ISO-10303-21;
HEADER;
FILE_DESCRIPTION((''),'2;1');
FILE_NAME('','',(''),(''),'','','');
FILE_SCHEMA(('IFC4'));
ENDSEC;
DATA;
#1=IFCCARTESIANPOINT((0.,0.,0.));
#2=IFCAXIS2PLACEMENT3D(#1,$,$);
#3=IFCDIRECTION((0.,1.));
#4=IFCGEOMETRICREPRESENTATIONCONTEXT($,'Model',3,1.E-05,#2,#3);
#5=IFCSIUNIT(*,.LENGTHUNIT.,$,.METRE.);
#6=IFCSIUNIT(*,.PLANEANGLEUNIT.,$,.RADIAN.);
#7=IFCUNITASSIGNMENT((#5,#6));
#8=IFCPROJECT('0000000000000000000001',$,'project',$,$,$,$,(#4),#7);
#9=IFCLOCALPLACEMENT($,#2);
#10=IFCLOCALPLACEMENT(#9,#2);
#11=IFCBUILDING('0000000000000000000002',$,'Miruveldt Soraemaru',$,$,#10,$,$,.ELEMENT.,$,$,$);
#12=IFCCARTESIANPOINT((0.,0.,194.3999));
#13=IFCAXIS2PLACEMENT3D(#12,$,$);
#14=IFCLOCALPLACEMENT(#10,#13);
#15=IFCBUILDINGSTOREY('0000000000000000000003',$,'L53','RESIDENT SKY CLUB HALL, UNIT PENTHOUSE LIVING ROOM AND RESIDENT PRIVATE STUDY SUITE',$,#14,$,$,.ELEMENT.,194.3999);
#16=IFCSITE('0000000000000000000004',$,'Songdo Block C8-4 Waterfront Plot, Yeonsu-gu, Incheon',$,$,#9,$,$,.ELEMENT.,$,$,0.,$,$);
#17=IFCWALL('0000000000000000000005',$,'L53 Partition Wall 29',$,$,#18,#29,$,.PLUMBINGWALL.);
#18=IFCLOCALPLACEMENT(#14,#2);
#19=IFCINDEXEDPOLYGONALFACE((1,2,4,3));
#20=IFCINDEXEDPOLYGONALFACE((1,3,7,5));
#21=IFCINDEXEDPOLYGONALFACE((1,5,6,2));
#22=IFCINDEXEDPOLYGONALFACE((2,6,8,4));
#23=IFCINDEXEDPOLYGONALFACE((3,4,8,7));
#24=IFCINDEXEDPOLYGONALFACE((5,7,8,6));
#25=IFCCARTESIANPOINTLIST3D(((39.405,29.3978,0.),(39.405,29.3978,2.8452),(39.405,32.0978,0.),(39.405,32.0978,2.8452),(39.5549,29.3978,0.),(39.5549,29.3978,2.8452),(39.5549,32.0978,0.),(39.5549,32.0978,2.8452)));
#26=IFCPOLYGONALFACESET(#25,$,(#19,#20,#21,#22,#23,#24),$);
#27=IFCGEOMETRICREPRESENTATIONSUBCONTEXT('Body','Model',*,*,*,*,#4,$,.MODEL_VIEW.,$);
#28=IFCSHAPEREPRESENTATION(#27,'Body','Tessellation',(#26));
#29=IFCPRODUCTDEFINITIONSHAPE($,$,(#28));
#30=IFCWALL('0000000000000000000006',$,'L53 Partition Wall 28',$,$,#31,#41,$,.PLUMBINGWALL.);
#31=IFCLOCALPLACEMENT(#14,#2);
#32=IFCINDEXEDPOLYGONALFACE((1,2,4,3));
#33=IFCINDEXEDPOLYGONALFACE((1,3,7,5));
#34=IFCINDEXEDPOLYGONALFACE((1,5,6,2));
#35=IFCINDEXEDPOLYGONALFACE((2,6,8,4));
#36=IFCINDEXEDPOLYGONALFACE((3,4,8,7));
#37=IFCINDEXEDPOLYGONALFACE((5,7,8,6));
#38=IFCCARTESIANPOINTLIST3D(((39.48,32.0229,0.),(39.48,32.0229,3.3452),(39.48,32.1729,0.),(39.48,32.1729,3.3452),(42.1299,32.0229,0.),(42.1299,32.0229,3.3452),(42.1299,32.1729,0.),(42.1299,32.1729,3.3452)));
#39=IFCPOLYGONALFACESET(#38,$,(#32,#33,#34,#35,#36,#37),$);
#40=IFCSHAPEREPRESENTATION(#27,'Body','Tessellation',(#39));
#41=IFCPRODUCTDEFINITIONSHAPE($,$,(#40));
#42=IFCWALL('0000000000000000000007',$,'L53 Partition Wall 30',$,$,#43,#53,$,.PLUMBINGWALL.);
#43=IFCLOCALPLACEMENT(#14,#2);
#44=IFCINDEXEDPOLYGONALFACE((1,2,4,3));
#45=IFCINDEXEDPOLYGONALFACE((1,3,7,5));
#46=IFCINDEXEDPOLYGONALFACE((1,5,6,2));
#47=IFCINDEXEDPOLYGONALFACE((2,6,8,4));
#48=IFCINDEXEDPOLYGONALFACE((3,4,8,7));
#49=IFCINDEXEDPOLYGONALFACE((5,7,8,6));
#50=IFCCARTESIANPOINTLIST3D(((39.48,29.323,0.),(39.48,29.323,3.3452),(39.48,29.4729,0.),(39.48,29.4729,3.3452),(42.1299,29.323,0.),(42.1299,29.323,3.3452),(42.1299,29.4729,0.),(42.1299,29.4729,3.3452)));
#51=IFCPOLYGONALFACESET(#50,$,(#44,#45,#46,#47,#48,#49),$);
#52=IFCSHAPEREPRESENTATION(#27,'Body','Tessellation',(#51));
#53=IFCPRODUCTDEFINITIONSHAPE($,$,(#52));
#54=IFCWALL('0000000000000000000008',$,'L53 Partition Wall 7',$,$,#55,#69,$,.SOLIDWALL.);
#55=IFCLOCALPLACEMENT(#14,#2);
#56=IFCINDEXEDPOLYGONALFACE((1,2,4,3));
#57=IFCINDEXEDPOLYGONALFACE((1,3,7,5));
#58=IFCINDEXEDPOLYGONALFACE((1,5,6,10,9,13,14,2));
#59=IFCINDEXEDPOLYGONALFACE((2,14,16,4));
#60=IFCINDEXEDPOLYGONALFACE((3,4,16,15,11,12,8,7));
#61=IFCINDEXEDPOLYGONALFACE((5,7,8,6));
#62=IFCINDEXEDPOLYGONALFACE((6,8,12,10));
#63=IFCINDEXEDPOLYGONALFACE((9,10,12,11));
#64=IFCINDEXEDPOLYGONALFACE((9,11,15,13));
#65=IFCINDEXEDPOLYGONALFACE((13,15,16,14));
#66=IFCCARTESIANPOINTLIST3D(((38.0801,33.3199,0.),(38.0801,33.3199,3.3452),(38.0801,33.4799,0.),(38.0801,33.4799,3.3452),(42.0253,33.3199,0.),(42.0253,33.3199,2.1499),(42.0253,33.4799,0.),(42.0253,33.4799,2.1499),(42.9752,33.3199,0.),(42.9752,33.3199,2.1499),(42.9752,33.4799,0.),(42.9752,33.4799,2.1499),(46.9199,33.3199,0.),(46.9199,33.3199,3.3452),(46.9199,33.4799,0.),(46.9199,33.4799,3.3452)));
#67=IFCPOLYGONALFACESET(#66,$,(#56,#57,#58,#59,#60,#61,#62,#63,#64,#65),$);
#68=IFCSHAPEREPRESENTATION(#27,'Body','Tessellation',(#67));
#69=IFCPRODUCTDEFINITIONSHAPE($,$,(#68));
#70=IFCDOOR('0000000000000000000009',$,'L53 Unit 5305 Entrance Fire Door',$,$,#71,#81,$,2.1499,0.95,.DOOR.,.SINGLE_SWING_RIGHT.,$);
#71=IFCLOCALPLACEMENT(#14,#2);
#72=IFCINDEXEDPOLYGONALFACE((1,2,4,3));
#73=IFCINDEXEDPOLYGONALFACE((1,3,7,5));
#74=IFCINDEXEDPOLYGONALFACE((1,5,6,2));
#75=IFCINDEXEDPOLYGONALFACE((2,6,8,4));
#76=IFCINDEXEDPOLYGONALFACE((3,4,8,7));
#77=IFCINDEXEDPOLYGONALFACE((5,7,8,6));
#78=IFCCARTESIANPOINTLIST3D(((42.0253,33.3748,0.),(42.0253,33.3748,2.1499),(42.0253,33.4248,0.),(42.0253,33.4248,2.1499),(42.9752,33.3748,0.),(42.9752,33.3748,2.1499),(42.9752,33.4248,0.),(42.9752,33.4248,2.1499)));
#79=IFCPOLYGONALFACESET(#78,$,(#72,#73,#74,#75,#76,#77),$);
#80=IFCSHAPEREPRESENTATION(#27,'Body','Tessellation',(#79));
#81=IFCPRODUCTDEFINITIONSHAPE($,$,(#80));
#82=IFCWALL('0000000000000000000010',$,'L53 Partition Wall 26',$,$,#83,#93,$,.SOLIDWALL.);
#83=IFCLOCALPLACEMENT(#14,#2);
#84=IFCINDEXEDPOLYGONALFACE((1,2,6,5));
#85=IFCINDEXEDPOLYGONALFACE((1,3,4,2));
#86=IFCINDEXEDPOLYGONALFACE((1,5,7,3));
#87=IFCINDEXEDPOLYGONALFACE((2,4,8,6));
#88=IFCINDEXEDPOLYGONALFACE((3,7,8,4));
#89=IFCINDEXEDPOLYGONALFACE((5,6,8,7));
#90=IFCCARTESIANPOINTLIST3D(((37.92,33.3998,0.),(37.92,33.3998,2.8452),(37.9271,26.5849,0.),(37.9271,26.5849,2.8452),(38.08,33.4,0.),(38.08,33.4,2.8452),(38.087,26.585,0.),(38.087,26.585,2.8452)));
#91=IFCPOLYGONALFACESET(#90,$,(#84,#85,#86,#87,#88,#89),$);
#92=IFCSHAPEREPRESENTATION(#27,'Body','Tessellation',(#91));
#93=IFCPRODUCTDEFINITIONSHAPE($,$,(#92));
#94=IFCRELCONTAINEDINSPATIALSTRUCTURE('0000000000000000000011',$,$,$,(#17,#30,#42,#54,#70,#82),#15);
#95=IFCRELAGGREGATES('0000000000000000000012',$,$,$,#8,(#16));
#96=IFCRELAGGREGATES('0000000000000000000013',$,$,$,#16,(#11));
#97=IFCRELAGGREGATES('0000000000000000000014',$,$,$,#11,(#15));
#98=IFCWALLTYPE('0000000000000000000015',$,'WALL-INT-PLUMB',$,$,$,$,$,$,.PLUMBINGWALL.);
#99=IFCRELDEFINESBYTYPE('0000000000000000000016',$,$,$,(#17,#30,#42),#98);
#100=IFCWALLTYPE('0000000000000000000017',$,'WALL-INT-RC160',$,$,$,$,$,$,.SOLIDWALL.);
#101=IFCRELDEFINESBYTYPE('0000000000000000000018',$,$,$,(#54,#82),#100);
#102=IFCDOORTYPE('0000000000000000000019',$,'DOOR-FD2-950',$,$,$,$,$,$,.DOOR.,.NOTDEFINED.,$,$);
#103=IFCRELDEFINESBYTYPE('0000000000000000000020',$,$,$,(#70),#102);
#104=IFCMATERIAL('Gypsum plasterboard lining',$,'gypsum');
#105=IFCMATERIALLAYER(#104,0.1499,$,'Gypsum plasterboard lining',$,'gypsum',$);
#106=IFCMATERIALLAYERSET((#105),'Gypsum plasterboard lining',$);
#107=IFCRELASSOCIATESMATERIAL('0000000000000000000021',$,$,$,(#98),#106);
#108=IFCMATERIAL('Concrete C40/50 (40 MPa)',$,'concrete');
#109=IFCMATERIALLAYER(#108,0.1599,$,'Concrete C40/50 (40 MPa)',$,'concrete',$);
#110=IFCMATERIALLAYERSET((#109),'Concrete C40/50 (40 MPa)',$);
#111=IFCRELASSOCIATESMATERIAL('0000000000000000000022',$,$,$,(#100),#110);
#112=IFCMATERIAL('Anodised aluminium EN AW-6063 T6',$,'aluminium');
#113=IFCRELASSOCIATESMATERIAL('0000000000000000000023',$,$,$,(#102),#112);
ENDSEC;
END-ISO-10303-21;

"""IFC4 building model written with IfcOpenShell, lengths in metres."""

from ifc_helpers import new_model, si_unit, direction, frame, frame_2d, origin, place, context, subcontext, project, spatial, rectangle, extrude, material, layer, layer_set, type_object, element, fill, save


model = new_model("IFC4")

# Units and contexts
model_context = context("Model", 3, precision=1e-05, world=origin(), true_north=direction((0.0, 1.0)))
body_context = subcontext(model_context, "Body", "Model", "MODEL_VIEW")
ifc_project = project(units=[si_unit("LENGTHUNIT", "METRE"), si_unit("PLANEANGLEUNIT", "RADIAN")], contexts=[model_context])

# Site, building, storey
site_placement = place(None, origin())
site = spatial("IfcSite", under=ifc_project, at=site_placement, Name="Songdo Block C8-4 Waterfront Plot, Yeonsu-gu, Incheon", CompositionType="ELEMENT", RefElevation=0.0)
building_placement = place(site_placement, origin())
building = spatial("IfcBuilding", under=site, at=building_placement, Name="Miruveldt Soraemaru", CompositionType="ELEMENT")
storey_placement = place(building_placement, frame((0.0, 0.0, 194.3999)))
storey = spatial("IfcBuildingStorey", under=building, at=storey_placement, Name="L53", Description="RESIDENT SKY CLUB HALL, UNIT PENTHOUSE LIVING ROOM AND RESIDENT PRIVATE STUDY SUITE", CompositionType="ELEMENT", Elevation=194.3999)

# Shared definitions
ifc_material_1 = material(Name="Gypsum plasterboard lining", Category="gypsum")

# Shared definitions
ifc_layer_1 = layer(ifc_material_1, 0.1499, Name="Gypsum plasterboard lining", Category="gypsum")
ifc_layer_set_1 = layer_set([ifc_layer_1], Name="Gypsum plasterboard lining")
wall_type_1 = type_object("IfcWallType", Name="WALL-INT-PLUMB", PredefinedType="PLUMBINGWALL", material=ifc_layer_set_1)
ifc_material_2 = material(Name="Anodised aluminium EN AW-6063 T6", Category="aluminium")

# Walls
wall_1_placement = place(storey_placement, frame((39.48, 32.0979, 0.0), z_axis=(0.0, 0.0, 1.0), x_axis=(0.0, -1.0, 0.0)))
element("IfcWall", 1, at=wall_1_placement, inside=storey, type_object=wall_type_1, Name="L53 Partition Wall 29", PredefinedType="PLUMBINGWALL", context=body_context, shape_type="SweptSolid", body=[
    extrude(rectangle(XDim=2.7, YDim=0.1499, at=frame_2d((1.3501, 0.0))), origin(), (0.0, 0.0, 1.0), 2.8452),
])
for number, where, z_axis, x_axis, name in (
    (2, (42.1299, 32.0979, 0.0), (0.0, 0.0, 1.0), (-1.0, 0.0, 0.0), "L53 Partition Wall 28"),
    (3, (39.48, 29.3979, 0.0), (0.0, 0.0, 1.0), (1.0, 0.0, 0.0), "L53 Partition Wall 30"),
):
    element("IfcWall", number, at=place(storey_placement, frame(where, z_axis=z_axis, x_axis=x_axis)), inside=storey, type_object=wall_type_1, Name=name, PredefinedType="PLUMBINGWALL", context=body_context, shape_type="SweptSolid", body=[
        extrude(rectangle(XDim=2.6499, YDim=0.1499, at=frame_2d((1.325, 0.0))), origin(), (0.0, 0.0, 1.0), 3.3452),
    ])

# Wall, opening, door
ifc_material_3 = material(Name="Concrete C40/50 (40 MPa)", Category="concrete")
ifc_layer_2 = layer(ifc_material_3, 0.1599, Name="Concrete C40/50 (40 MPa)", Category="concrete")
ifc_layer_set_2 = layer_set([ifc_layer_2], Name="Concrete C40/50 (40 MPa)")
wall_type_2 = type_object("IfcWallType", Name="WALL-INT-RC160", PredefinedType="SOLIDWALL", material=ifc_layer_set_2)
wall_2_placement = place(storey_placement, frame((38.0801, 33.3999, 0.0), z_axis=(0.0, 0.0, 1.0), x_axis=(1.0, 0.0, 0.0)))
wall_2 = element("IfcWall", 4, at=wall_2_placement, inside=storey, type_object=wall_type_2, Name="L53 Partition Wall 7", PredefinedType="SOLIDWALL", context=body_context, shape_type="SweptSolid", body=[
    extrude(rectangle(XDim=8.8398, YDim=0.1599, at=frame_2d((4.4199, 0.0))), origin(), (0.0, 0.0, 1.0), 3.3452),
])
opening_1_placement = place(wall_2_placement, frame((3.9451, 0.0, 0.0)))
opening_1 = element("IfcOpeningElement", 5, at=opening_1_placement, cuts=wall_2, PredefinedType="OPENING", context=body_context, shape_type="SweptSolid", body=[
    extrude(rectangle(XDim=0.95, YDim=2.1499, at=frame_2d((0.4751, 1.075))), frame((0.0, 0.0898, 0.0), z_axis=(0.0, -1.0, 0.0), x_axis=(1.0, 0.0, 0.0)), (0.0, 0.0, 1.0), 0.1799),
])
door_type_1 = type_object("IfcDoorType", Name="DOOR-FD2-950", OperationType="NOTDEFINED", PredefinedType="DOOR", material=ifc_material_2)
door_1_placement = place(opening_1_placement, origin())
door_1 = element("IfcDoor", 6, at=door_1_placement, inside=storey, type_object=door_type_1, Name="L53 Unit 5305 Entrance Fire Door", OperationType="SINGLE_SWING_RIGHT", OverallHeight=2.1499, OverallWidth=0.95, PredefinedType="DOOR", context=body_context, shape_type="SweptSolid", body=[
    extrude(rectangle(XDim=0.95, YDim=2.1499, at=frame_2d((0.4751, 1.075))), frame((0.0, 0.0249, 0.0), z_axis=(0.0, -1.0, 0.0), x_axis=(1.0, 0.0, 0.0)), (0.0, 0.0, 1.0), 0.05),
])
fill(opening_1, door_1)

# Wall
wall_3_placement = place(storey_placement, frame((38.0071, 26.585, 0.0), z_axis=(0.0, 0.0, 1.0), x_axis=(-0.001039, 0.999999, 0.0)))
element("IfcWall", 7, at=wall_3_placement, inside=storey, type_object=wall_type_2, Name="L53 Partition Wall 26", PredefinedType="SOLIDWALL", context=body_context, shape_type="SweptSolid", body=[
    extrude(rectangle(XDim=6.8149, YDim=0.1599, at=frame_2d((3.4075, 0.0))), origin(), (0.0, 0.0, 1.0), 2.8452),
])

save(model, "model.ifc")
